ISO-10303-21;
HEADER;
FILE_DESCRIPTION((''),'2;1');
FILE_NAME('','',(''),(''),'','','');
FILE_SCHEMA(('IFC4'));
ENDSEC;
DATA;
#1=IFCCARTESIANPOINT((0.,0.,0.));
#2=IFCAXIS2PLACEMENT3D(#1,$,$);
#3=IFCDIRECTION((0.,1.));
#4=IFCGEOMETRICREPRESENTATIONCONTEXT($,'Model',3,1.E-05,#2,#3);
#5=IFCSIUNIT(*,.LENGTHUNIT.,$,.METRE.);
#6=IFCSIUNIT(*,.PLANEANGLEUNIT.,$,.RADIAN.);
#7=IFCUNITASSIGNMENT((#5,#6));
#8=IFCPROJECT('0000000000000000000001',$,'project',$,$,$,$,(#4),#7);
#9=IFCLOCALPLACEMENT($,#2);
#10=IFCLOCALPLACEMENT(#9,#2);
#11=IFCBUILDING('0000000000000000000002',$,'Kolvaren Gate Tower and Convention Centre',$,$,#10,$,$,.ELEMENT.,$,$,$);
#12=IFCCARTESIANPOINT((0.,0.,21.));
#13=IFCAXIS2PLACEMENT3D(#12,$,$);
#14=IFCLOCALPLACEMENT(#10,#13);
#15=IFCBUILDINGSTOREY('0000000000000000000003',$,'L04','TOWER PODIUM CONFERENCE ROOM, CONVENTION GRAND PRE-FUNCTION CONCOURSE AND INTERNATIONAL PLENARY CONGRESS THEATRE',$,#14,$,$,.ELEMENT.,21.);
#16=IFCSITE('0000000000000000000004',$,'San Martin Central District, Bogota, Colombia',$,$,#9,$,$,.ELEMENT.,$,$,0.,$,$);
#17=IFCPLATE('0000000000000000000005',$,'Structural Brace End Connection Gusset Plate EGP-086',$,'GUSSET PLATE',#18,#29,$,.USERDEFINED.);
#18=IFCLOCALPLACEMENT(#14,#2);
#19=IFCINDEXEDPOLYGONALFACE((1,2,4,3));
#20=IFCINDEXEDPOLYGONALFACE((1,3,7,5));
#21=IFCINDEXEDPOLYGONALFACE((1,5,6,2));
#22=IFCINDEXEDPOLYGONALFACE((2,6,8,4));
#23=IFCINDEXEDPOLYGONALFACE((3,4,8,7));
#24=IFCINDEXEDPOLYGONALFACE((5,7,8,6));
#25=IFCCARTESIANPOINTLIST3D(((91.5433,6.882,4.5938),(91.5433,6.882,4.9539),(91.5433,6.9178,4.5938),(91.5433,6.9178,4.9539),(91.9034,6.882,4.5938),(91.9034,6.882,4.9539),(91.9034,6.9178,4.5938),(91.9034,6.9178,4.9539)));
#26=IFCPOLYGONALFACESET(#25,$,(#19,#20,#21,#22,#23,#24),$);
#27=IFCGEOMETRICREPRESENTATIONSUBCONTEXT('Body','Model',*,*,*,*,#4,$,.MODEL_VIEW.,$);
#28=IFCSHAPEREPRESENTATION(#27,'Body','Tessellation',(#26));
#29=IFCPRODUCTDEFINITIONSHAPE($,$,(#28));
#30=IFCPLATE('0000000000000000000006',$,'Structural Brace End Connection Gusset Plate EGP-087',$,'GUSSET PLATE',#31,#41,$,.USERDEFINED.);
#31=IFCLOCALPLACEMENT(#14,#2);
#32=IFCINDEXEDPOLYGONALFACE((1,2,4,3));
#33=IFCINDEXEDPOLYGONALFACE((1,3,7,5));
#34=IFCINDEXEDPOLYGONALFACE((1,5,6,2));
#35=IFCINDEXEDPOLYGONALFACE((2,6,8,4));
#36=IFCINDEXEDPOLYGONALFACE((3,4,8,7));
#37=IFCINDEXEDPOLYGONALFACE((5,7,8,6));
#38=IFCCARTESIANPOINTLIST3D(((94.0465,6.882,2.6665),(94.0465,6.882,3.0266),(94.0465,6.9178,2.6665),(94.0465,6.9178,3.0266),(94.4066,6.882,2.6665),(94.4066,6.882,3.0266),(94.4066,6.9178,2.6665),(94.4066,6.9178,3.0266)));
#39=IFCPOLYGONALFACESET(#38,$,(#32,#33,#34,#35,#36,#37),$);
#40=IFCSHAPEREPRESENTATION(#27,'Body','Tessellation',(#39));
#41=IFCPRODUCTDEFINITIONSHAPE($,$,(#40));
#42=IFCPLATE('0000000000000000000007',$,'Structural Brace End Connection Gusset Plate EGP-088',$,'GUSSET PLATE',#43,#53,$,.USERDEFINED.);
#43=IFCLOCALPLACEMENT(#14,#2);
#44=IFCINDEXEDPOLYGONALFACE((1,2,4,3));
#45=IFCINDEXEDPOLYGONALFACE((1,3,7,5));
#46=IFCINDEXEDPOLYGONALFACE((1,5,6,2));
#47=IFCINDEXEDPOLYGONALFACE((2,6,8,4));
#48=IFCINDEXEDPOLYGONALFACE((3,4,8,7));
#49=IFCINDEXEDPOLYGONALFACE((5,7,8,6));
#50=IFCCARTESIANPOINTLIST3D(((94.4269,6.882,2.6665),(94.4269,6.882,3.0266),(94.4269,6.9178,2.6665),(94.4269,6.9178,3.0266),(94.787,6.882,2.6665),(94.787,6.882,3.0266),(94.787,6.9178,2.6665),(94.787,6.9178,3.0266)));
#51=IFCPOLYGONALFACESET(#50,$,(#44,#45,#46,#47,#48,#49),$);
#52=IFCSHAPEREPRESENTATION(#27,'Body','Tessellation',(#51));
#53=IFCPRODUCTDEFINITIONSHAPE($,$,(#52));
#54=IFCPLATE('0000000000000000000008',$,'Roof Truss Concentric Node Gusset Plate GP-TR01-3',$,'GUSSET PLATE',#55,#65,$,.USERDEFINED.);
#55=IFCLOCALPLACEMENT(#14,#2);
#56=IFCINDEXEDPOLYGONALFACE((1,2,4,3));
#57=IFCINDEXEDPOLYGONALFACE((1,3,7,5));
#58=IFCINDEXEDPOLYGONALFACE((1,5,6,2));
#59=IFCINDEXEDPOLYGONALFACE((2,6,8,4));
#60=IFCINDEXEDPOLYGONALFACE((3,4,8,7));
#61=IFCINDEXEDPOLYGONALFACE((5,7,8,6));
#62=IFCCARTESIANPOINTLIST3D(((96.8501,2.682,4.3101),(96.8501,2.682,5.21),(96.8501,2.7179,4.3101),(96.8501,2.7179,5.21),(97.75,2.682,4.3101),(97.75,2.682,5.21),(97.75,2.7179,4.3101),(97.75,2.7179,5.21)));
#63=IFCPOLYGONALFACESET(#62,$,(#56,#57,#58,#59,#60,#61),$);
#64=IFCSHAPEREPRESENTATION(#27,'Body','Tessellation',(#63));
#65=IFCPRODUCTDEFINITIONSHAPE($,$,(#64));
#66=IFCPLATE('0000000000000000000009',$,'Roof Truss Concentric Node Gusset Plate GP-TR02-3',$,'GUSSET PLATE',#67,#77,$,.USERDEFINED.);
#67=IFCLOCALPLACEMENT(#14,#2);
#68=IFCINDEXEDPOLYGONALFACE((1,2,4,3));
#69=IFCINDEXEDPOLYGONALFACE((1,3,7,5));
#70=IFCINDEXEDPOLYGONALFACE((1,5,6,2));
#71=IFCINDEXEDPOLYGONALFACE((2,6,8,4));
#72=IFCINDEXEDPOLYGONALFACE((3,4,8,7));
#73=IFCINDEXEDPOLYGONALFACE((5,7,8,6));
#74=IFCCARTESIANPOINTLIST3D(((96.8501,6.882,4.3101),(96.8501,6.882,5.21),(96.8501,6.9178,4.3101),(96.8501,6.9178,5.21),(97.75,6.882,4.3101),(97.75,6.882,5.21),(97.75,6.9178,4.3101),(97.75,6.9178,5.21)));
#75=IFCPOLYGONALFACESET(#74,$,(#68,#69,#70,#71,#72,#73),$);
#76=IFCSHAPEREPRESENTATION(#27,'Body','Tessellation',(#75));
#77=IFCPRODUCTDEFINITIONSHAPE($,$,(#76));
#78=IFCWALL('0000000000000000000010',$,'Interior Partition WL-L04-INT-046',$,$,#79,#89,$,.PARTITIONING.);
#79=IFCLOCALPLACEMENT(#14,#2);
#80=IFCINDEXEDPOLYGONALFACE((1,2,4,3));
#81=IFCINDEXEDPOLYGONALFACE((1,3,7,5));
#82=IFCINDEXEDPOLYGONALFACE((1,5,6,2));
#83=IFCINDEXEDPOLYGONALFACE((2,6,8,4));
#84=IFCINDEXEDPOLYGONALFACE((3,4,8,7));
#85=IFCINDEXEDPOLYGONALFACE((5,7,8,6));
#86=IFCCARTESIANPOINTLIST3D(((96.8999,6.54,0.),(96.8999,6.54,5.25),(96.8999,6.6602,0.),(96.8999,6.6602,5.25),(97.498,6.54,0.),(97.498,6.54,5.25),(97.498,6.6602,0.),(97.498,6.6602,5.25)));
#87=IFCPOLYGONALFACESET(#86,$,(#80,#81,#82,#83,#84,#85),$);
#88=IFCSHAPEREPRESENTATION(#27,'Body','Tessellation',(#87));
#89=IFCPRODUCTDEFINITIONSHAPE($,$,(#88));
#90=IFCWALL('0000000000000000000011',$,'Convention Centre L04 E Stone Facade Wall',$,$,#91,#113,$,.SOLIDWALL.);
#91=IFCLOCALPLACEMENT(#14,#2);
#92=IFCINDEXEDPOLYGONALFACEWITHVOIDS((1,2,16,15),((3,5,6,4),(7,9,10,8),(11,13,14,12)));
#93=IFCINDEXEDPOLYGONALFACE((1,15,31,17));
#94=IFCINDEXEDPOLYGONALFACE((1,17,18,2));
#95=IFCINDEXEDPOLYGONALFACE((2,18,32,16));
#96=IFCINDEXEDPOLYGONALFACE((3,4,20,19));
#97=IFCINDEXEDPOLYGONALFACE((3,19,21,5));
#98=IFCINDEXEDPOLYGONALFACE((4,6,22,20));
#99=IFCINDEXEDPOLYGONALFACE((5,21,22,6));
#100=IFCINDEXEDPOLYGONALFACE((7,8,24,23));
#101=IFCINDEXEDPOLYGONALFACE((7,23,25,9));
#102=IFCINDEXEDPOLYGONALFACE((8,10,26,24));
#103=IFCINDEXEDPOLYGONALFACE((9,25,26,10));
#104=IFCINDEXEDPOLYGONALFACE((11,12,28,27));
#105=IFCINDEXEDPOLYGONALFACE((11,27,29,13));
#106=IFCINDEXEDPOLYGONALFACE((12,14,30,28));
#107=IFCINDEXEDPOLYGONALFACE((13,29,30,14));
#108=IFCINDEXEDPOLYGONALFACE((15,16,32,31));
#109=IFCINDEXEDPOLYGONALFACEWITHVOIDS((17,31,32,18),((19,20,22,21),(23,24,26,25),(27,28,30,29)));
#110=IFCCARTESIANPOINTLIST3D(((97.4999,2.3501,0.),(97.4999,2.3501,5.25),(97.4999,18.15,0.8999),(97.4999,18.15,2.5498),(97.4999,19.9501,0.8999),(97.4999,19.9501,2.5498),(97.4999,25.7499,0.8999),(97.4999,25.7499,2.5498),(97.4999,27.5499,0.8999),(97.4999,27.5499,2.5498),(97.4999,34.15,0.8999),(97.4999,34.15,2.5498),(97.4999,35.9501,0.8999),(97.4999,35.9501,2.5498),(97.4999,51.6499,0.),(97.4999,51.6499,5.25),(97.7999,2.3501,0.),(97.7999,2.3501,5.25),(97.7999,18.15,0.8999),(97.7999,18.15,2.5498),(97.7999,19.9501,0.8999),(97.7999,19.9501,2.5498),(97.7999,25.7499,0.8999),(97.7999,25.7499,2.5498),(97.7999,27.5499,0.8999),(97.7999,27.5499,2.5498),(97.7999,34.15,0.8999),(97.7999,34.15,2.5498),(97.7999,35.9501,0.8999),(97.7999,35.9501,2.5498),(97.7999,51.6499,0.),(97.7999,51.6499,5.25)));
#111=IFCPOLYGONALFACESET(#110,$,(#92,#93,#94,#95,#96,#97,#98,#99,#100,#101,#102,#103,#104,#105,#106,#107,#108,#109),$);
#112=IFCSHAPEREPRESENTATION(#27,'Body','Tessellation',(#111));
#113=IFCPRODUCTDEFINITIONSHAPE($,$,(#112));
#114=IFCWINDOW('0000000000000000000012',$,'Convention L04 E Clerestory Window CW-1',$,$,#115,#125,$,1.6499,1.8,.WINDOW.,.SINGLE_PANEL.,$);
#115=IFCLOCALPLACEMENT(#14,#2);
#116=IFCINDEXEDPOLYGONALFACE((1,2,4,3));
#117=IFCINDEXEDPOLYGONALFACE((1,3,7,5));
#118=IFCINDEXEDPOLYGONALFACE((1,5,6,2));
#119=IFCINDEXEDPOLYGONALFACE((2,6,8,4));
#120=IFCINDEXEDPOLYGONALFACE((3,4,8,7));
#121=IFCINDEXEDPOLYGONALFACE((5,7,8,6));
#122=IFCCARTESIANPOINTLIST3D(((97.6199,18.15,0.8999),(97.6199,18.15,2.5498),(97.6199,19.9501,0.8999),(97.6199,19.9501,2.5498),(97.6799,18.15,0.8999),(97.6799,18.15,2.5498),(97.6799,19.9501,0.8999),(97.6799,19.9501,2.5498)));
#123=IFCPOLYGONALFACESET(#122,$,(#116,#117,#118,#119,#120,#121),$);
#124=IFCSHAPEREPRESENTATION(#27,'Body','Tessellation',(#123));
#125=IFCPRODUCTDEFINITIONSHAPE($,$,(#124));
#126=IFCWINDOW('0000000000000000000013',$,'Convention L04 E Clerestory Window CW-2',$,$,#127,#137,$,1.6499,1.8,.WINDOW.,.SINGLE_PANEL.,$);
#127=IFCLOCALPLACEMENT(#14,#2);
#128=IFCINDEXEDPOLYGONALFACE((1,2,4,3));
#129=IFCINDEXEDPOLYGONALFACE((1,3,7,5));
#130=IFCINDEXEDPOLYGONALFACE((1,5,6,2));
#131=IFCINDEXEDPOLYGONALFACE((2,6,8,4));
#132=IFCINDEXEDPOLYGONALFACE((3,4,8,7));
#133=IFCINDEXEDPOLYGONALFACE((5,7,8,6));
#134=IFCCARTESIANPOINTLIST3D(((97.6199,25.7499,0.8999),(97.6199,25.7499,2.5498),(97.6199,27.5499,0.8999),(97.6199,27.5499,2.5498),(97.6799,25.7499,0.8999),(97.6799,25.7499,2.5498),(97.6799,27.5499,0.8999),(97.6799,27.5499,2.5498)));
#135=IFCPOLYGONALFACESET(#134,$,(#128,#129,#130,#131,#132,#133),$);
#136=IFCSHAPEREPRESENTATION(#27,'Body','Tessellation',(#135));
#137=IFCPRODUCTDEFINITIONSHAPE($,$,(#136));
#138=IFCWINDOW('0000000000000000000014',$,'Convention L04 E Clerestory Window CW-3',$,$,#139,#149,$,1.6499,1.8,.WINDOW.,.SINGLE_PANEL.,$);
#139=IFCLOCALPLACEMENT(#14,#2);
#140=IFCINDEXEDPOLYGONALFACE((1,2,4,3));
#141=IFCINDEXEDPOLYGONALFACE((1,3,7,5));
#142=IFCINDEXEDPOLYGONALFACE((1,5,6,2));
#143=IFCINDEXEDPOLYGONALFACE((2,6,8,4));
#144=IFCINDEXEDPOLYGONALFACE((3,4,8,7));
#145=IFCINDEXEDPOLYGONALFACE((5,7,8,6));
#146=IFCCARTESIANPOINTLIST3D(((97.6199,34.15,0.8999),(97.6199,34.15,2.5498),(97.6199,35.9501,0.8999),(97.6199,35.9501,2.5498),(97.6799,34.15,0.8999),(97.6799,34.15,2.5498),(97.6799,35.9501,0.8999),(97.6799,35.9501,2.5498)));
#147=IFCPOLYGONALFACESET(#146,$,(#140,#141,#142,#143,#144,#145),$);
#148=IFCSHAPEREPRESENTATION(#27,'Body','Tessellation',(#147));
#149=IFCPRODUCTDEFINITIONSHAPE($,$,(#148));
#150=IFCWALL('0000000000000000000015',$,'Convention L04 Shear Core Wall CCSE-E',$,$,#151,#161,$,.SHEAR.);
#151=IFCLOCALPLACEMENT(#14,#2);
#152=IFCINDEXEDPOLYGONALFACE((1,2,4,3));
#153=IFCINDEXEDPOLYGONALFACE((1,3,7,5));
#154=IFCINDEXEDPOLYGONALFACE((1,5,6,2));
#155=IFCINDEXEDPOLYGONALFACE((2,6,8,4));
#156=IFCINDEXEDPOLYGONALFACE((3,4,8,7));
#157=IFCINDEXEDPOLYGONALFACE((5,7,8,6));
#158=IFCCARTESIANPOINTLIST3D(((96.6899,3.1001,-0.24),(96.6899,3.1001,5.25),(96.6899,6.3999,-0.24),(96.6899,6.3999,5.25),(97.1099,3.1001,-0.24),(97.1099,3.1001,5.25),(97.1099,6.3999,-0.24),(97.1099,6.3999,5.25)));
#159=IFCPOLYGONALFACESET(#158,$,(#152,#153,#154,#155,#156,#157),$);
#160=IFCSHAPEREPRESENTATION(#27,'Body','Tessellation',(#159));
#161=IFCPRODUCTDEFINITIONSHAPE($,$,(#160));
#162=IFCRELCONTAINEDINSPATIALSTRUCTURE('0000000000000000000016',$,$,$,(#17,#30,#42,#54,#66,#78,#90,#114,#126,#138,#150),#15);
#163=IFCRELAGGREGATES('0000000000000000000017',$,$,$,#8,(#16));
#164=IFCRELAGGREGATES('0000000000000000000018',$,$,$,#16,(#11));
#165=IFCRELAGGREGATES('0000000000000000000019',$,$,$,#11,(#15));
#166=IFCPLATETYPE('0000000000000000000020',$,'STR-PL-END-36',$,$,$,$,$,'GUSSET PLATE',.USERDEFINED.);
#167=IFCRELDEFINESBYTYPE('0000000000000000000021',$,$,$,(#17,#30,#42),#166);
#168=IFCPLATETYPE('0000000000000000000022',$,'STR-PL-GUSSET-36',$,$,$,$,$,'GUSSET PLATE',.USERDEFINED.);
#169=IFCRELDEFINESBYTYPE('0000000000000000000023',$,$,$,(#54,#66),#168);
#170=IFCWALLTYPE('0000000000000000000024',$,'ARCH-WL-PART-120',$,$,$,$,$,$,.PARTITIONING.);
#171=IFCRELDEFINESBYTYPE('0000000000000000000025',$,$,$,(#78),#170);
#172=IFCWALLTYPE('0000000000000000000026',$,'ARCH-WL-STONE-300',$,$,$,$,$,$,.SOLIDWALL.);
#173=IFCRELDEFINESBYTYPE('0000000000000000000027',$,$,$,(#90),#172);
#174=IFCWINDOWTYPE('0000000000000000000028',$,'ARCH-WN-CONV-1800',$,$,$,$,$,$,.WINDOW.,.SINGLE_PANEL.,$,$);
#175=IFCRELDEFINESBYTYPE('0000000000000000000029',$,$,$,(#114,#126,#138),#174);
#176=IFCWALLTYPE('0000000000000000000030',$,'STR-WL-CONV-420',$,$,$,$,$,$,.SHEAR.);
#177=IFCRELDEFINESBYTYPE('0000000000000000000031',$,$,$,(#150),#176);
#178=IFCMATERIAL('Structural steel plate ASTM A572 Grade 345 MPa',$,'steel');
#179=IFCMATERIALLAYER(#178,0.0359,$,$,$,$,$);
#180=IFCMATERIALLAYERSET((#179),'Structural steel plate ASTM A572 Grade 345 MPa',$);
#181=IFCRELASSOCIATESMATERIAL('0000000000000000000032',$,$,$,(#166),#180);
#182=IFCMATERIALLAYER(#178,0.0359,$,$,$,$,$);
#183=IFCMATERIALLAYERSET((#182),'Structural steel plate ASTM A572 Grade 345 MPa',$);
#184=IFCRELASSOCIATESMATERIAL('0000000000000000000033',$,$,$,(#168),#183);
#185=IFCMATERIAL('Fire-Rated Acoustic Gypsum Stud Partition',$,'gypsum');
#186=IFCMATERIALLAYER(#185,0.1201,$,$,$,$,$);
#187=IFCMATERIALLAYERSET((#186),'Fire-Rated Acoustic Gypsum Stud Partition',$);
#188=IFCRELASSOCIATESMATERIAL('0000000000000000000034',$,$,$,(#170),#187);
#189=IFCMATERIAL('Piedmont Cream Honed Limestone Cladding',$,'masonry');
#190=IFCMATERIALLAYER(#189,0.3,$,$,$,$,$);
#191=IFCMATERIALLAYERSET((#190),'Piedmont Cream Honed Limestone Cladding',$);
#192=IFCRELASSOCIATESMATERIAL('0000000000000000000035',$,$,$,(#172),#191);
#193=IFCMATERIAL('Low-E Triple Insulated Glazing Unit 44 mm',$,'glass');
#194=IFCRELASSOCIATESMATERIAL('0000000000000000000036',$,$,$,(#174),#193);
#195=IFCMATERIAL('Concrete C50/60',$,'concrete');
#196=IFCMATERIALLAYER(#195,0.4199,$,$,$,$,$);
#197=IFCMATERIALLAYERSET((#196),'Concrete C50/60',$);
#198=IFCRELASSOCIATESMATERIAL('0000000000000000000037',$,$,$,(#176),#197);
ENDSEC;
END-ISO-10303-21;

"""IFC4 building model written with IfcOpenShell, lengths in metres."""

from ifc_helpers import new_model, si_unit, direction, frame, frame_2d, origin, origin_2d, place, context, subcontext, project, spatial, rectangle, extrude, material, layer, layer_set, type_object, element, fill, save


model = new_model("IFC4")

# Units and contexts
model_context = context("Model", 3, precision=1e-05, world=origin(), true_north=direction((0.0, 1.0)))
body_context = subcontext(model_context, "Body", "Model", "MODEL_VIEW")
ifc_project = project(units=[si_unit("LENGTHUNIT", "METRE"), si_unit("PLANEANGLEUNIT", "RADIAN")], contexts=[model_context])

# Site, building, storey
site_placement = place(None, origin())
site = spatial("IfcSite", under=ifc_project, at=site_placement, Name="San Martin Central District, Bogota, Colombia", CompositionType="ELEMENT", RefElevation=0.0)
building_placement = place(site_placement, origin())
building = spatial("IfcBuilding", under=site, at=building_placement, Name="Kolvaren Gate Tower and Convention Centre", CompositionType="ELEMENT")
storey_placement = place(building_placement, frame((0.0, 0.0, 21.0)))
storey = spatial("IfcBuildingStorey", under=building, at=storey_placement, Name="L04", Description="TOWER PODIUM CONFERENCE ROOM, CONVENTION GRAND PRE-FUNCTION CONCOURSE AND INTERNATIONAL PLENARY CONGRESS THEATRE", CompositionType="ELEMENT", Elevation=21.0)

# Plates
ifc_material_1 = material(Name="Structural steel plate ASTM A572 Grade 345 MPa", Category="steel")
ifc_layer_1 = layer(ifc_material_1, 0.0359)
ifc_layer_set_1 = layer_set([ifc_layer_1], Name="Structural steel plate ASTM A572 Grade 345 MPa")
plate_type_1 = type_object("IfcPlateType", Name="STR-PL-END-36", ElementType="GUSSET PLATE", PredefinedType="USERDEFINED", material=ifc_layer_set_1)
for number, where, z_axis, x_axis, name in (
    (1, (91.7234, 6.8999, 4.5938), (0.0, 0.0, 1.0), (1.0, 0.0, 0.0), "Structural Brace End Connection Gusset Plate EGP-086"),
    (2, (94.2266, 6.8999, 2.6665), (0.0, 0.0, 1.0), (1.0, 0.0, 0.0), "Structural Brace End Connection Gusset Plate EGP-087"),
    (3, (94.6069, 6.8999, 2.6665), (0.0, 0.0, 1.0), (1.0, 0.0, 0.0), "Structural Brace End Connection Gusset Plate EGP-088"),
):
    element("IfcPlate", number, at=place(storey_placement, frame(where, z_axis=z_axis, x_axis=x_axis)), inside=storey, type_object=plate_type_1, Name=name, ObjectType="GUSSET PLATE", PredefinedType="USERDEFINED", context=body_context, shape_type="SweptSolid", body=[
        extrude(rectangle(XDim=0.3601, YDim=0.0359, at=origin_2d()), origin(), (0.0, 0.0, 1.0), 0.3601),
    ])
ifc_layer_2 = layer(ifc_material_1, 0.0359)
ifc_layer_set_2 = layer_set([ifc_layer_2], Name="Structural steel plate ASTM A572 Grade 345 MPa")
plate_type_2 = type_object("IfcPlateType", Name="STR-PL-GUSSET-36", ElementType="GUSSET PLATE", PredefinedType="USERDEFINED", material=ifc_layer_set_2)
for number, where, z_axis, x_axis, name in (
    (4, (97.3, 2.7, 4.3101), (0.0, 0.0, 1.0), (1.0, 0.0, 0.0), "Roof Truss Concentric Node Gusset Plate GP-TR01-3"),
    (5, (97.3, 6.8999, 4.3101), (0.0, 0.0, 1.0), (1.0, 0.0, 0.0), "Roof Truss Concentric Node Gusset Plate GP-TR02-3"),
):
    element("IfcPlate", number, at=place(storey_placement, frame(where, z_axis=z_axis, x_axis=x_axis)), inside=storey, type_object=plate_type_2, Name=name, ObjectType="GUSSET PLATE", PredefinedType="USERDEFINED", context=body_context, shape_type="SweptSolid", body=[
        extrude(rectangle(XDim=0.8999, YDim=0.0359, at=origin_2d()), origin(), (0.0, 0.0, 1.0), 0.8999),
    ])

# Wall
ifc_material_2 = material(Name="Fire-Rated Acoustic Gypsum Stud Partition", Category="gypsum")
ifc_layer_3 = layer(ifc_material_2, 0.1201)
ifc_layer_set_3 = layer_set([ifc_layer_3], Name="Fire-Rated Acoustic Gypsum Stud Partition")
wall_type_1 = type_object("IfcWallType", Name="ARCH-WL-PART-120", PredefinedType="PARTITIONING", material=ifc_layer_set_3)
wall_1_placement = place(storey_placement, frame((96.8999, 6.6001, 0.0), z_axis=(0.0, 0.0, 1.0), x_axis=(1.0, 0.0, 0.0)))
element("IfcWall", 6, at=wall_1_placement, inside=storey, type_object=wall_type_1, Name="Interior Partition WL-L04-INT-046", PredefinedType="PARTITIONING", context=body_context, shape_type="SweptSolid", body=[
    extrude(rectangle(XDim=0.5981, YDim=0.1201, at=frame_2d((0.2991, 0.0))), origin(), (0.0, 0.0, 1.0), 5.25),
])

# Wall, openings, windows
ifc_material_3 = material(Name="Piedmont Cream Honed Limestone Cladding", Category="masonry")
ifc_layer_4 = layer(ifc_material_3, 0.3)
ifc_layer_set_4 = layer_set([ifc_layer_4], Name="Piedmont Cream Honed Limestone Cladding")
wall_type_2 = type_object("IfcWallType", Name="ARCH-WL-STONE-300", PredefinedType="SOLIDWALL", material=ifc_layer_set_4)
wall_2_placement = place(storey_placement, frame((97.6499, 2.3501, 0.0), z_axis=(0.0, 0.0, 1.0), x_axis=(0.0, 1.0, 0.0)))
wall_2 = element("IfcWall", 7, at=wall_2_placement, inside=storey, type_object=wall_type_2, Name="Convention Centre L04 E Stone Facade Wall", PredefinedType="SOLIDWALL", context=body_context, shape_type="SweptSolid", body=[
    extrude(rectangle(XDim=49.2998, YDim=0.3, at=frame_2d((24.6499, 0.0))), origin(), (0.0, 0.0, 1.0), 5.25),
])
opening_1_placement = place(wall_2_placement, frame((15.8, 0.0, 0.8999)))
opening_1 = element("IfcOpeningElement", 8, at=opening_1_placement, cuts=wall_2, PredefinedType="OPENING", context=body_context, shape_type="SweptSolid", body=[
    extrude(rectangle(XDim=1.8, YDim=1.6499, at=frame_2d((0.8999, 0.825))), frame((0.0, 0.1599, 0.0), z_axis=(0.0, -1.0, 0.0), x_axis=(1.0, 0.0, 0.0)), (0.0, 0.0, 1.0), 0.3201),
])
opening_2_placement = place(wall_2_placement, frame((23.3999, 0.0, 0.8999)))
opening_2 = element("IfcOpeningElement", 9, at=opening_2_placement, cuts=wall_2, PredefinedType="OPENING", context=body_context, shape_type="SweptSolid", body=[
    extrude(rectangle(XDim=1.8, YDim=1.6499, at=frame_2d((0.8999, 0.825))), frame((0.0, 0.1599, 0.0), z_axis=(0.0, -1.0, 0.0), x_axis=(1.0, 0.0, 0.0)), (0.0, 0.0, 1.0), 0.3201),
])
opening_3_placement = place(wall_2_placement, frame((31.8, 0.0, 0.8999)))
opening_3 = element("IfcOpeningElement", 10, at=opening_3_placement, cuts=wall_2, PredefinedType="OPENING", context=body_context, shape_type="SweptSolid", body=[
    extrude(rectangle(XDim=1.8, YDim=1.6499, at=frame_2d((0.8999, 0.825))), frame((0.0, 0.1599, 0.0), z_axis=(0.0, -1.0, 0.0), x_axis=(1.0, 0.0, 0.0)), (0.0, 0.0, 1.0), 0.3201),
])
ifc_material_4 = material(Name="Low-E Triple Insulated Glazing Unit 44 mm", Category="glass")
window_type = type_object("IfcWindowType", Name="ARCH-WN-CONV-1800", PartitioningType="SINGLE_PANEL", PredefinedType="WINDOW", material=ifc_material_4)
window_1_placement = place(opening_1_placement, origin())
window_1 = element("IfcWindow", 11, at=window_1_placement, inside=storey, type_object=window_type, Name="Convention L04 E Clerestory Window CW-1", OverallHeight=1.6499, OverallWidth=1.8, PartitioningType="SINGLE_PANEL", PredefinedType="WINDOW", context=body_context, shape_type="SweptSolid", body=[
    extrude(rectangle(XDim=1.8, YDim=1.6499, at=frame_2d((0.8999, 0.825))), frame((0.0, 0.03, 0.0), z_axis=(0.0, -1.0, 0.0), x_axis=(1.0, 0.0, 0.0)), (0.0, 0.0, 1.0), 0.0601),
])
fill(opening_1, window_1)
window_2_placement = place(opening_2_placement, origin())
window_2 = element("IfcWindow", 12, at=window_2_placement, inside=storey, type_object=window_type, Name="Convention L04 E Clerestory Window CW-2", OverallHeight=1.6499, OverallWidth=1.8, PartitioningType="SINGLE_PANEL", PredefinedType="WINDOW", context=body_context, shape_type="SweptSolid", body=[
    extrude(rectangle(XDim=1.8, YDim=1.6499, at=frame_2d((0.8999, 0.825))), frame((0.0, 0.03, 0.0), z_axis=(0.0, -1.0, 0.0), x_axis=(1.0, 0.0, 0.0)), (0.0, 0.0, 1.0), 0.0601),
])
fill(opening_2, window_2)
window_3_placement = place(opening_3_placement, origin())
window_3 = element("IfcWindow", 13, at=window_3_placement, inside=storey, type_object=window_type, Name="Convention L04 E Clerestory Window CW-3", OverallHeight=1.6499, OverallWidth=1.8, PartitioningType="SINGLE_PANEL", PredefinedType="WINDOW", context=body_context, shape_type="SweptSolid", body=[
    extrude(rectangle(XDim=1.8, YDim=1.6499, at=frame_2d((0.8999, 0.825))), frame((0.0, 0.03, 0.0), z_axis=(0.0, -1.0, 0.0), x_axis=(1.0, 0.0, 0.0)), (0.0, 0.0, 1.0), 0.0601),
])
fill(opening_3, window_3)

# Wall
ifc_material_5 = material(Name="Concrete C50/60", Category="concrete")
ifc_layer_5 = layer(ifc_material_5, 0.4199)
ifc_layer_set_5 = layer_set([ifc_layer_5], Name="Concrete C50/60")
wall_type_3 = type_object("IfcWallType", Name="STR-WL-CONV-420", PredefinedType="SHEAR", material=ifc_layer_set_5)
wall_3_placement = place(storey_placement, frame((96.8999, 3.1001, -0.24), z_axis=(0.0, 0.0, 1.0), x_axis=(0.0, 1.0, 0.0)))
element("IfcWall", 14, at=wall_3_placement, inside=storey, type_object=wall_type_3, Name="Convention L04 Shear Core Wall CCSE-E", PredefinedType="SHEAR", context=body_context, shape_type="SweptSolid", body=[
    extrude(rectangle(XDim=3.2998, YDim=0.4199, at=frame_2d((1.6499, 0.0))), origin(), (0.0, 0.0, 1.0), 5.49),
])

save(model, "model.ifc")
